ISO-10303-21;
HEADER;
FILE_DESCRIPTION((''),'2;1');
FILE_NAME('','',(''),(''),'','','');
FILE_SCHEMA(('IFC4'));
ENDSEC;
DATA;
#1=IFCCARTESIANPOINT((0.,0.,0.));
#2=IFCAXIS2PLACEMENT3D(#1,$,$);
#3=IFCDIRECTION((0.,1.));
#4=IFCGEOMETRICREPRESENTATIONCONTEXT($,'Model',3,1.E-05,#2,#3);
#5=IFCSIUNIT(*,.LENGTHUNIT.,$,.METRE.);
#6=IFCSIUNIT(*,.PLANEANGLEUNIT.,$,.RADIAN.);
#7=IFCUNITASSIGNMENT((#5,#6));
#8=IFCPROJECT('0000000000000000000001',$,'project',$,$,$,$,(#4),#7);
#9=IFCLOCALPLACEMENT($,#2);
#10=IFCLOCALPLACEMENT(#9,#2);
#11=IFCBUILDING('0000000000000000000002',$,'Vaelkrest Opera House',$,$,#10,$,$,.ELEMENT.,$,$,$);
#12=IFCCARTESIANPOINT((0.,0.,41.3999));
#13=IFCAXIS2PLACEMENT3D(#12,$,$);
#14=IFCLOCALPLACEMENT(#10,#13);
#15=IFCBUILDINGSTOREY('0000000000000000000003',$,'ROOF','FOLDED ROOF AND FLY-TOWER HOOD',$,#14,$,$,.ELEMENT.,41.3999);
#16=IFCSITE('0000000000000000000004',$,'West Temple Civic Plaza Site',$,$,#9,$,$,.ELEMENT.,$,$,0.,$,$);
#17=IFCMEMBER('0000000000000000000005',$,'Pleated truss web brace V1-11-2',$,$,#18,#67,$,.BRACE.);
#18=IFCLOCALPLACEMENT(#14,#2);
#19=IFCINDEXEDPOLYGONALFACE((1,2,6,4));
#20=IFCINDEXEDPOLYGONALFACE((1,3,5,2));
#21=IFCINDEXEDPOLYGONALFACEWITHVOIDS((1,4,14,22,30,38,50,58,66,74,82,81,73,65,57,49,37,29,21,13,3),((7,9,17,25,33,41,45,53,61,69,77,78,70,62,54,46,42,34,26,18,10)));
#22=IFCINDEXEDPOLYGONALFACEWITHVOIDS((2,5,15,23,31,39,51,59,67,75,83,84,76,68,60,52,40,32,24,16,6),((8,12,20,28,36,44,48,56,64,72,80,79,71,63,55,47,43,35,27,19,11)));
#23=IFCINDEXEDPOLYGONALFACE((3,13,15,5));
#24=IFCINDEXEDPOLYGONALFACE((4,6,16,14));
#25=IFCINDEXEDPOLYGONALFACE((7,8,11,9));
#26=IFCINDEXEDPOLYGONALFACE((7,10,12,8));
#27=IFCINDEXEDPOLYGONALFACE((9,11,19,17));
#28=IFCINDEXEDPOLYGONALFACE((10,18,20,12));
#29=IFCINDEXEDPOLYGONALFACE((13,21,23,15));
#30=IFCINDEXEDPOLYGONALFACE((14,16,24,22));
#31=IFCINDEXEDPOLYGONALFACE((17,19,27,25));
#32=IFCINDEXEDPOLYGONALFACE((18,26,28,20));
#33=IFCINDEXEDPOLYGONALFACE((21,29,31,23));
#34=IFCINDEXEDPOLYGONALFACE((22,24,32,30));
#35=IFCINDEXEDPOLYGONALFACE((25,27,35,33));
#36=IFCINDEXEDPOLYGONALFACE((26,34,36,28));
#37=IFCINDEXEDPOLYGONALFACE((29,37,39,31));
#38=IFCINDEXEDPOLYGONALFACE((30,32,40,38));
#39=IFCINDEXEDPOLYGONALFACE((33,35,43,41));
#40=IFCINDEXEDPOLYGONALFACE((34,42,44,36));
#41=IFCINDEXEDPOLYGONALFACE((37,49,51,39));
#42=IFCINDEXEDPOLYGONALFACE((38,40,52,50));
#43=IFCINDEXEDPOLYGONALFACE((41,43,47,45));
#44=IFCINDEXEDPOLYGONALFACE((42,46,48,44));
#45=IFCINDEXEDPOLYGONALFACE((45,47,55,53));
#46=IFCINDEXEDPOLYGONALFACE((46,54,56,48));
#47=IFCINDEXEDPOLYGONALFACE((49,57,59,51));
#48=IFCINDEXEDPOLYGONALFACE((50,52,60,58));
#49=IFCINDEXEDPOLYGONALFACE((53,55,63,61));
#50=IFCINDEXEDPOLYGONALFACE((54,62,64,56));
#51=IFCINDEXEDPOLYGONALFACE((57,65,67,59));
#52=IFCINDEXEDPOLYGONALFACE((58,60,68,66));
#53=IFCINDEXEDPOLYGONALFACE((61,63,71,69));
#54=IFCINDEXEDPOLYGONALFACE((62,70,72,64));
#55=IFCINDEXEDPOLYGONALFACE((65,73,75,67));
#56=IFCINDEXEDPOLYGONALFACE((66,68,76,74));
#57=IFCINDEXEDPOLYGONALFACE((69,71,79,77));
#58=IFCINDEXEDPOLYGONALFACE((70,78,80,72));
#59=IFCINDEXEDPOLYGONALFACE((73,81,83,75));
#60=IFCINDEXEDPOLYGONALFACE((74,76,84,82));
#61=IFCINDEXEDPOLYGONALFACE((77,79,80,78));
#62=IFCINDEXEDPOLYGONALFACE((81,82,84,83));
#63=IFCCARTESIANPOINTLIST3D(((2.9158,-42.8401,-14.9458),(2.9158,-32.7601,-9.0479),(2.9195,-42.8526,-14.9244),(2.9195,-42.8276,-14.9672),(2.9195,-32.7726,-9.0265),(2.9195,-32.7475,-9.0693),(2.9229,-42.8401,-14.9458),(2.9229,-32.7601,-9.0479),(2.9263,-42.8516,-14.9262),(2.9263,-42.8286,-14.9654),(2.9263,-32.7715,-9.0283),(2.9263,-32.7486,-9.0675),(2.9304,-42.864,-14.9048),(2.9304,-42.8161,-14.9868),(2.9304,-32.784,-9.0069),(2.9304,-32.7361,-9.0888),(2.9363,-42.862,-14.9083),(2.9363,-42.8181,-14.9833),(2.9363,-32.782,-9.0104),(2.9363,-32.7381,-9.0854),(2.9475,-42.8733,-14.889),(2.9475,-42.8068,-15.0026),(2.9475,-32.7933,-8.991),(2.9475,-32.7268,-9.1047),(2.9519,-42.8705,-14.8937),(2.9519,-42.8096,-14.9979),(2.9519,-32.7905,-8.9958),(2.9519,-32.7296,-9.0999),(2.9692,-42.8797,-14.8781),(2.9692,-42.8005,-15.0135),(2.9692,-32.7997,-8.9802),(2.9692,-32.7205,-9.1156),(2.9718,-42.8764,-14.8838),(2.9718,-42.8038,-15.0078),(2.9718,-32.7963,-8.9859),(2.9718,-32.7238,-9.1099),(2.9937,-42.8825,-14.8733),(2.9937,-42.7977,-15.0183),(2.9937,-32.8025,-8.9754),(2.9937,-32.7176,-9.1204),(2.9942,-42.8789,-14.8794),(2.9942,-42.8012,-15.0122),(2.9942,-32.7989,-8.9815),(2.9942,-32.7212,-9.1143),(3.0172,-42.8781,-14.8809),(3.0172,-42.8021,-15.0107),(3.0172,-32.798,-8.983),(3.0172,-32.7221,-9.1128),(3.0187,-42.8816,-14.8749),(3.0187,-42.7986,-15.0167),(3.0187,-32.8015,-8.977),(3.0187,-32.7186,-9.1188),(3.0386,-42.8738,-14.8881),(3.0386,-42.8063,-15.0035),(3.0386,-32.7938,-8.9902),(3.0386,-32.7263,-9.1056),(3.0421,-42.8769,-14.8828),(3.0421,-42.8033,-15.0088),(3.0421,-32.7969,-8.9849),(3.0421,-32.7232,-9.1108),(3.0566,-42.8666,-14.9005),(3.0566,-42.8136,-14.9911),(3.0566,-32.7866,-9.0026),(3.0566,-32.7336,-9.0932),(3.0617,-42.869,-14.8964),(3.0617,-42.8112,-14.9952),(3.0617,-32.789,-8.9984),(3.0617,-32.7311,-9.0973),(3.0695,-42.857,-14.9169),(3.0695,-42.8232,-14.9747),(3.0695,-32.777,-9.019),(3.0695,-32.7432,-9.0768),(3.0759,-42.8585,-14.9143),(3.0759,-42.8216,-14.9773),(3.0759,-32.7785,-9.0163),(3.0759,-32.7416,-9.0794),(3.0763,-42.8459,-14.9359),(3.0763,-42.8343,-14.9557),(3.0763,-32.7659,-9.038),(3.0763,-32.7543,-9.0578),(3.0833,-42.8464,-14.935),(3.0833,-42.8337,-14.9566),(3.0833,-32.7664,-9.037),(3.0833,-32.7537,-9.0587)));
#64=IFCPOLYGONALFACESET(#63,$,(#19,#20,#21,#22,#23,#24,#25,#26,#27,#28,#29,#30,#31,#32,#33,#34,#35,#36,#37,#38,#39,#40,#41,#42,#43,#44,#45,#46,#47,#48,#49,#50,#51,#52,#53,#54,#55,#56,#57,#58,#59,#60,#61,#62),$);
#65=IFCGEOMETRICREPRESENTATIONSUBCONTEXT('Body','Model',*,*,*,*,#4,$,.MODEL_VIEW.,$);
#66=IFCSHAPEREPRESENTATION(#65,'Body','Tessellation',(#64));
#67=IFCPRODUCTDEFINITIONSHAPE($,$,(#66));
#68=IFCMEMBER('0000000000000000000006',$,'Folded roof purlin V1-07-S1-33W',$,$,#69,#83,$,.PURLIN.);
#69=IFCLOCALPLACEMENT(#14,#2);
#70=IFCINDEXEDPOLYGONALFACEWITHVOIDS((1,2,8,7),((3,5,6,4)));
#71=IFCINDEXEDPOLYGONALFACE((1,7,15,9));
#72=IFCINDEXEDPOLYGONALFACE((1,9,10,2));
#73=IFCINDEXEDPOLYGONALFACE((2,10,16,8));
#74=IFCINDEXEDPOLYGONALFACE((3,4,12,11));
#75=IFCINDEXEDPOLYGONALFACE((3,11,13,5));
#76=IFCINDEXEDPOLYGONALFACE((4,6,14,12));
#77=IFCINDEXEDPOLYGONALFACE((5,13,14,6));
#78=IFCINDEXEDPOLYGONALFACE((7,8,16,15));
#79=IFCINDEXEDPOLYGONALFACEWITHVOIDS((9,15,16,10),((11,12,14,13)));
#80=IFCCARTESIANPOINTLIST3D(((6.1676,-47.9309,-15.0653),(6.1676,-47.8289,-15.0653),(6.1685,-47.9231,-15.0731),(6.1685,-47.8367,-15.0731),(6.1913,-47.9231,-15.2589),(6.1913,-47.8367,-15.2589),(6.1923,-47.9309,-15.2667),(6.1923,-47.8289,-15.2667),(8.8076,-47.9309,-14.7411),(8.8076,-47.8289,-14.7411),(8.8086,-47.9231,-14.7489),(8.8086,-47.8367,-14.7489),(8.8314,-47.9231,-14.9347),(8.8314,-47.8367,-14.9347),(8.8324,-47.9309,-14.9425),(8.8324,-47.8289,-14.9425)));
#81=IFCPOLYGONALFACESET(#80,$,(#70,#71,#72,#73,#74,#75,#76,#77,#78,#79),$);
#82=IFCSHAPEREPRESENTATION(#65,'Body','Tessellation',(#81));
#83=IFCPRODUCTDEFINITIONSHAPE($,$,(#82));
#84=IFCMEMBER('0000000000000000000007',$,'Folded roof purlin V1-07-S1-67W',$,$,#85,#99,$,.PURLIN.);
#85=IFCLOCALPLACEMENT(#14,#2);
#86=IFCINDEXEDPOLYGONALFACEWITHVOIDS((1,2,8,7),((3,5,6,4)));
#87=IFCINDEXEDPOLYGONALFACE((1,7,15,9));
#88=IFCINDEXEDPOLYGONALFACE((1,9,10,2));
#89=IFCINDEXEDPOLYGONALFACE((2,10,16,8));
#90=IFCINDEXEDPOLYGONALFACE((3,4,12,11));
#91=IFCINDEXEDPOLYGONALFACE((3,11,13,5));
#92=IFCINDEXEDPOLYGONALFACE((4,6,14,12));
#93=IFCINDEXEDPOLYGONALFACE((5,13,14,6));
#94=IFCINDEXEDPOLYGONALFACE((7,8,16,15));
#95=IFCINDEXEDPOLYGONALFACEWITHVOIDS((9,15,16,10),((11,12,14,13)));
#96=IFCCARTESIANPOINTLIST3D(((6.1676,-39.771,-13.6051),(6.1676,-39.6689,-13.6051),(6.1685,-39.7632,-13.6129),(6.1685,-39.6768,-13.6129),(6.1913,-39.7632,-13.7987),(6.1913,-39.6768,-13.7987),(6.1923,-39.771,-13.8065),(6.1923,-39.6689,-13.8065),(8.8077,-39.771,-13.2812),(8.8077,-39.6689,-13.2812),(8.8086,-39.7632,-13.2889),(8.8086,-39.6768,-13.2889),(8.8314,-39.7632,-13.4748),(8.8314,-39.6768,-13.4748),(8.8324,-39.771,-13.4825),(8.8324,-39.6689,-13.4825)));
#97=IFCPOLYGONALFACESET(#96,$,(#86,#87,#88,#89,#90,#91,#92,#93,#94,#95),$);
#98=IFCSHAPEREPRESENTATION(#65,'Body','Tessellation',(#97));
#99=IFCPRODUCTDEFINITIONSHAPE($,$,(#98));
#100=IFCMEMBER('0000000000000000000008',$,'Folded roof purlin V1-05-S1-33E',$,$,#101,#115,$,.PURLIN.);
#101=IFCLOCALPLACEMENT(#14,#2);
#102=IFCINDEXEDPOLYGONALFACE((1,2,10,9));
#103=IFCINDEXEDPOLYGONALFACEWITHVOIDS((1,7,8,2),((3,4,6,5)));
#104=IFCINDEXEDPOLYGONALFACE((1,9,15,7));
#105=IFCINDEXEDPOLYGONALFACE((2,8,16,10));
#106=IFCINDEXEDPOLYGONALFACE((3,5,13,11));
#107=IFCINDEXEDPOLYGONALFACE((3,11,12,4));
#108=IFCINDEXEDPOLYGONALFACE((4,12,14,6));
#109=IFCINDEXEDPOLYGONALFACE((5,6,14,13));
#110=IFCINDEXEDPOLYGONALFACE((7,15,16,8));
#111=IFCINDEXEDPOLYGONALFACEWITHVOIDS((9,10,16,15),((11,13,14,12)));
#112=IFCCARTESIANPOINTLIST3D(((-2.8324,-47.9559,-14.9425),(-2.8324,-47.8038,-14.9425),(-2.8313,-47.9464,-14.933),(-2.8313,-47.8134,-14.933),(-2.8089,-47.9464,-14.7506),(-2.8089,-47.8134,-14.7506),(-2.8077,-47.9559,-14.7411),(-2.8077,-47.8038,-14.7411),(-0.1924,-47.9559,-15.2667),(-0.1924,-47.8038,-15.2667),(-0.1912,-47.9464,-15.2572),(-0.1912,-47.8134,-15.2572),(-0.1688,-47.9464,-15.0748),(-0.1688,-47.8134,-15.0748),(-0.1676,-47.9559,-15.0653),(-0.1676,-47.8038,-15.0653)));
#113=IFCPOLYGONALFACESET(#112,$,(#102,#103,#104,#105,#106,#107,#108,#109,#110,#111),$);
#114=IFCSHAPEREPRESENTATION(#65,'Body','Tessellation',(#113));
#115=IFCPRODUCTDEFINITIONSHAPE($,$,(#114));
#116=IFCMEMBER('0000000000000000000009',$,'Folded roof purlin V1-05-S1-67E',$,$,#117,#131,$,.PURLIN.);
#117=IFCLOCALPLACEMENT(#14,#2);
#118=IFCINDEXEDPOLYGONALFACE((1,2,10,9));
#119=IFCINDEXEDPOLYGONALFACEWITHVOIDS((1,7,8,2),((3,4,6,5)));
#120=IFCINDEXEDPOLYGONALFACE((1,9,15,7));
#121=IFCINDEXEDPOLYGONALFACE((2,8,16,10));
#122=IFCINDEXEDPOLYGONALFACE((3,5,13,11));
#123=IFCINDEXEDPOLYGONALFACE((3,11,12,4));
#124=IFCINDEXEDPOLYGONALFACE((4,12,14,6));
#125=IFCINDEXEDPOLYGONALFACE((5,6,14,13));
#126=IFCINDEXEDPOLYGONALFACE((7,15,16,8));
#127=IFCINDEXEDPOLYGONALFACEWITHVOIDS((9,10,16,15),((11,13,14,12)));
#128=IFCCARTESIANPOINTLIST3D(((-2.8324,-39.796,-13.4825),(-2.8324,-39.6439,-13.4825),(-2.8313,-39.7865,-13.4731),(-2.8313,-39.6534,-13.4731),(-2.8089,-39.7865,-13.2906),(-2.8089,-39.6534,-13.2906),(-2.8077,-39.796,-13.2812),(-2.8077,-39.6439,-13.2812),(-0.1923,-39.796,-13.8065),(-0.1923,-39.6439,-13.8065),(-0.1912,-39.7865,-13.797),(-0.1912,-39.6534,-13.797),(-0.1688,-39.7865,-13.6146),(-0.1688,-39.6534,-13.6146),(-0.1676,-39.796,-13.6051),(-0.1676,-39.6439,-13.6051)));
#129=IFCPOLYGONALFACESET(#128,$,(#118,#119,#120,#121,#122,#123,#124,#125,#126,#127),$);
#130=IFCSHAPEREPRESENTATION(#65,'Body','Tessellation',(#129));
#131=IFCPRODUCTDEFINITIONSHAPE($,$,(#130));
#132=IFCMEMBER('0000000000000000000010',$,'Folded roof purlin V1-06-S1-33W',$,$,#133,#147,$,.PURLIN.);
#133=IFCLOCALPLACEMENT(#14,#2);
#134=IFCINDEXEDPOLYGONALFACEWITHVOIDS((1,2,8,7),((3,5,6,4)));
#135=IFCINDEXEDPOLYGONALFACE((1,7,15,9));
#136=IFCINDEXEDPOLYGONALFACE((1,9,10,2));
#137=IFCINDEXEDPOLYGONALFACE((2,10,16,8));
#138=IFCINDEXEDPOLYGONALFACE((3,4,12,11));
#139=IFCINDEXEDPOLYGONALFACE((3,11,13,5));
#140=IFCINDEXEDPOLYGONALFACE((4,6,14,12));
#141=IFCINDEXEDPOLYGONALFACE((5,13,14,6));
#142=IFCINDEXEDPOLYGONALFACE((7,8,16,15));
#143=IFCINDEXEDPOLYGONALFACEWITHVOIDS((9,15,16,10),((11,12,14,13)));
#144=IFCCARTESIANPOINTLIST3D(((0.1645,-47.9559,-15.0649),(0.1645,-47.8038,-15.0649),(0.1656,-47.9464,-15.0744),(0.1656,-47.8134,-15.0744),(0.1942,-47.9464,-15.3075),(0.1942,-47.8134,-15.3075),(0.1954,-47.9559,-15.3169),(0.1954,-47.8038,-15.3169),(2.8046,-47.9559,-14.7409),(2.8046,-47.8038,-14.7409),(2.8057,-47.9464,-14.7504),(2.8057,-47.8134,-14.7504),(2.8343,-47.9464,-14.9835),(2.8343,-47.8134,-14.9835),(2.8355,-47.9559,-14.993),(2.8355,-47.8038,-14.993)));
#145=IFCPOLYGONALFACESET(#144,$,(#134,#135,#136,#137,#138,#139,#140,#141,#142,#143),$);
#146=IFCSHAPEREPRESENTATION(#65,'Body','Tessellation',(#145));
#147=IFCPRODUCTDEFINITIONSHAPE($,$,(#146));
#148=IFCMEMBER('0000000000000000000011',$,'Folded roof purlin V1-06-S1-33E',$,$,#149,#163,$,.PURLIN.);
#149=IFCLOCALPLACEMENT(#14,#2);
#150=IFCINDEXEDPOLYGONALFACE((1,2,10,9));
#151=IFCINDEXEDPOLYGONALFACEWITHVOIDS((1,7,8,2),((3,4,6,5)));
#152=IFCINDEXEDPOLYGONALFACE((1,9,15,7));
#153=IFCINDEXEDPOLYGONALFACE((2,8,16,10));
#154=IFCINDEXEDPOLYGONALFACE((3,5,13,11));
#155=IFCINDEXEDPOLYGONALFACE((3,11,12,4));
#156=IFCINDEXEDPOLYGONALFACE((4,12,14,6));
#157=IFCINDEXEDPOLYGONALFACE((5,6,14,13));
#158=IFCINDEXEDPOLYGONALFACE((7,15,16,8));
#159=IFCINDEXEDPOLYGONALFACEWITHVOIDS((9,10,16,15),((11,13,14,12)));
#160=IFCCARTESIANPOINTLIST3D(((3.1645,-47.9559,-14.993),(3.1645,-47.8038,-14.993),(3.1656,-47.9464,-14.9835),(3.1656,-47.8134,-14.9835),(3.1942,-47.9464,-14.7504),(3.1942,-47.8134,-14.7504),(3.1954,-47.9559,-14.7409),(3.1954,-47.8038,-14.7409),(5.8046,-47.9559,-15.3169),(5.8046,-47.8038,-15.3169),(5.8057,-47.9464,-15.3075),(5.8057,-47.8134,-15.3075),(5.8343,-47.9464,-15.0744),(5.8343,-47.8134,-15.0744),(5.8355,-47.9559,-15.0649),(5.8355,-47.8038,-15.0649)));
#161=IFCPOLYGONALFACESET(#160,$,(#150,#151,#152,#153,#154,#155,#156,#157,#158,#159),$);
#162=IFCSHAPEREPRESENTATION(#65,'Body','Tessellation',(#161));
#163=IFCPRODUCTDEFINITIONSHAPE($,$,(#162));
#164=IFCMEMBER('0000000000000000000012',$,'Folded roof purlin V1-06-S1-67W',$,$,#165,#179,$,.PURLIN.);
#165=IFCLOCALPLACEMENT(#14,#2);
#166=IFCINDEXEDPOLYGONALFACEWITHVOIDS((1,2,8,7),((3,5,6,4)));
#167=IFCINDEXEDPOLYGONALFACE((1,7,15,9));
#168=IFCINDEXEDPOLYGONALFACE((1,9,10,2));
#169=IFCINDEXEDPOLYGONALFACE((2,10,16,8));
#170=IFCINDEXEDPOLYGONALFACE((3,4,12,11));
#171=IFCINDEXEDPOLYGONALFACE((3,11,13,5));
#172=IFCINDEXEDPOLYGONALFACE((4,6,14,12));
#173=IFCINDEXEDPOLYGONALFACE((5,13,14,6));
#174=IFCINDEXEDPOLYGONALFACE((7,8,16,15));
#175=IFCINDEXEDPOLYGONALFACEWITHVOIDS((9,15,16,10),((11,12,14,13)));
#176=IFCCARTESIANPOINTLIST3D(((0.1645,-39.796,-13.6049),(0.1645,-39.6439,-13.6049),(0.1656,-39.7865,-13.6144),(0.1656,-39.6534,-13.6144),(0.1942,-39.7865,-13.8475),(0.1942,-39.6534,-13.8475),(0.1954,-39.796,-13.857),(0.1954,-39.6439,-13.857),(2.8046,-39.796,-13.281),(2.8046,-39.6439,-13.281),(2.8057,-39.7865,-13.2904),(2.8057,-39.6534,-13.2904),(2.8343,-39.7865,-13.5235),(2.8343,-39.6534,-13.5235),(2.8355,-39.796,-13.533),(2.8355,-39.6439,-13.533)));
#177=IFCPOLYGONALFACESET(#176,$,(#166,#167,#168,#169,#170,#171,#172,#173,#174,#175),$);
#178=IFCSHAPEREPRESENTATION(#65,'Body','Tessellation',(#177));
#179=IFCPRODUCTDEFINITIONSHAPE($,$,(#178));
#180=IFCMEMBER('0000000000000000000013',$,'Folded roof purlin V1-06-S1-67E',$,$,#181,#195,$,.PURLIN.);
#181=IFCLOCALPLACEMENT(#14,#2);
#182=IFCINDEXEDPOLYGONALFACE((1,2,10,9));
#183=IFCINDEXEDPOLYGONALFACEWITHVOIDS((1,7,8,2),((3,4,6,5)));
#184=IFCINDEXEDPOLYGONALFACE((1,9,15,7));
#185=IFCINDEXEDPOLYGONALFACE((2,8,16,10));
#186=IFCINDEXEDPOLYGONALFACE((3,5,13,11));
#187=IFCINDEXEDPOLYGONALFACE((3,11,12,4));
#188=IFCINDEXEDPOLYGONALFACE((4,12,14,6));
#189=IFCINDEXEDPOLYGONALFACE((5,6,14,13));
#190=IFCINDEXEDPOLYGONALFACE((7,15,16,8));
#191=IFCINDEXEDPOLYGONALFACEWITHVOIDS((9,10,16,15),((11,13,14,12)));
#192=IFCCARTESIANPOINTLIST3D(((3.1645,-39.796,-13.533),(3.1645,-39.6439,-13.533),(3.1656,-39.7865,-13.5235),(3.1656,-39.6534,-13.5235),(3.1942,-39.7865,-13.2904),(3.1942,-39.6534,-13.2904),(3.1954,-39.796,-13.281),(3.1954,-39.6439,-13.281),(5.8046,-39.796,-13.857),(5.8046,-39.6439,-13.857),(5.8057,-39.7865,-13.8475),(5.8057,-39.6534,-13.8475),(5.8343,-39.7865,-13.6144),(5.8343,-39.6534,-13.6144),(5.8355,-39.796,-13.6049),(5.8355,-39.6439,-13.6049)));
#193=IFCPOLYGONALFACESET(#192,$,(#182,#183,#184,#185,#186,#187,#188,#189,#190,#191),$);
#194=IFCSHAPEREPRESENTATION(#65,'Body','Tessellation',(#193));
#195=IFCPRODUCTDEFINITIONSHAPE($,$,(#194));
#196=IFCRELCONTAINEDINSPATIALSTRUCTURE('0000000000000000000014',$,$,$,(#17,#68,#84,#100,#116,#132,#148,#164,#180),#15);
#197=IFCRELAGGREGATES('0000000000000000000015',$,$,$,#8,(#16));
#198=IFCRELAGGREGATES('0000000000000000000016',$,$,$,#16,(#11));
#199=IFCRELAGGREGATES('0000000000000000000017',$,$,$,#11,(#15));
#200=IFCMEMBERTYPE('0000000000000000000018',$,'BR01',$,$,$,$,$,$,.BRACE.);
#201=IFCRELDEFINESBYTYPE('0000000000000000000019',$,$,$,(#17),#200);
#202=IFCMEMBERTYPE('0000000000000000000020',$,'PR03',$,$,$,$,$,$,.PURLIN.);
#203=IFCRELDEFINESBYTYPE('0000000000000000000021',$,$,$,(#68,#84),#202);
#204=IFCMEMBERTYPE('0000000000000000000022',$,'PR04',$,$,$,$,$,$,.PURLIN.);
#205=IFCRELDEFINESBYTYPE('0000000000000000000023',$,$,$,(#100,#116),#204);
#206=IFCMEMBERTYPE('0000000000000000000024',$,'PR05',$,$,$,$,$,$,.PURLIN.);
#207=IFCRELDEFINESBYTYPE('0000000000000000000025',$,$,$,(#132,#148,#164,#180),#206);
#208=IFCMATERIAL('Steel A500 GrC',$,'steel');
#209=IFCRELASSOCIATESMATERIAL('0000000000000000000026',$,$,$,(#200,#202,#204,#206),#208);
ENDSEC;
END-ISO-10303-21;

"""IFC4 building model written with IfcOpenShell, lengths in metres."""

from ifc_helpers import new_model, si_unit, direction, frame, origin, origin_2d, place, context, subcontext, project, spatial, hollow_rectangle, hollow_circle, extrude, material, material_profile, profile_set, type_object, element, save


model = new_model("IFC4")

# Units and contexts
model_context = context("Model", 3, precision=1e-05, world=origin(), true_north=direction((0.0, 1.0)))
body_context = subcontext(model_context, "Body", "Model", "MODEL_VIEW")
ifc_project = project(units=[si_unit("LENGTHUNIT", "METRE"), si_unit("PLANEANGLEUNIT", "RADIAN")], contexts=[model_context])

# Site, building, storey
site_placement = place(None, origin())
site = spatial("IfcSite", under=ifc_project, at=site_placement, Name="West Temple Civic Plaza Site", CompositionType="ELEMENT", RefElevation=0.0)
building_placement = place(site_placement, origin())
building = spatial("IfcBuilding", under=site, at=building_placement, Name="Vaelkrest Opera House", CompositionType="ELEMENT")
storey_placement = place(building_placement, frame((0.0, 0.0, 41.3999)))
storey = spatial("IfcBuildingStorey", under=building, at=storey_placement, Name="ROOF", Description="FOLDED ROOF AND FLY-TOWER HOOD", CompositionType="ELEMENT", Elevation=41.3999)

# Members
ifc_material_1 = material(Name="Steel A500 GrC", Category="steel")
ifc_material_profile_1 = material_profile(ifc_material_1, hollow_circle(Radius=0.0842, WallThickness=0.0071, at=origin_2d()), Name="HSS168.3X7.1")
ifc_profile_set_1 = profile_set([ifc_material_profile_1], Name="Steel A500 GrC")
member_type_1 = type_object("IfcMemberType", Name="BR01", PredefinedType="BRACE", material=ifc_profile_set_1)
member_placement = place(storey_placement, frame((3.0, -42.8401, -14.9458), z_axis=(0.0, 0.863111, 0.505014), x_axis=(-1.0, 0.0, 0.0)))
element("IfcMember", 1, at=member_placement, inside=storey, type_object=member_type_1, Name="Pleated truss web brace V1-11-2", PredefinedType="BRACE", context=body_context, shape_type="SweptSolid", body=[
    extrude(hollow_circle(Radius=0.0842, WallThickness=0.0071, at=origin_2d()), origin(), (0.0, 0.0, 1.0), 11.6787),
])
ifc_material_profile_2 = material_profile(ifc_material_1, hollow_rectangle(XDim=0.1021, YDim=0.2029, WallThickness=0.0078, at=origin_2d()), Name="HSS203X102X8")
ifc_profile_set_2 = profile_set([ifc_material_profile_2], Name="Steel A500 GrC")
member_type_2 = type_object("IfcMemberType", Name="PR03", PredefinedType="PURLIN", material=ifc_profile_set_2)
for number, where, z_axis, x_axis, name in (
    (2, (6.1799, -47.8799, -15.166), (0.992544, 0.0, 0.121888), (0.0, 1.0, 0.0), "Folded roof purlin V1-07-S1-33W"),
    (3, (6.1799, -39.72, -13.7058), (0.992555, 0.0, 0.121798), (0.0, 1.0, 0.0), "Folded roof purlin V1-07-S1-67W"),
):
    element("IfcMember", number, at=place(storey_placement, frame(where, z_axis=z_axis, x_axis=x_axis)), inside=storey, type_object=member_type_2, Name=name, PredefinedType="PURLIN", context=body_context, shape_type="SweptSolid", body=[
        extrude(hollow_rectangle(XDim=0.1021, YDim=0.2029, WallThickness=0.0078, at=origin_2d()), origin(), (0.0, 0.0, 1.0), 2.6599),
    ])
ifc_material_profile_3 = material_profile(ifc_material_1, hollow_rectangle(XDim=0.1521, YDim=0.2029, WallThickness=0.0095, at=origin_2d()), Name="HSS203X152X9.5")
ifc_profile_set_3 = profile_set([ifc_material_profile_3], Name="Steel A500 GrC")
member_type_3 = type_object("IfcMemberType", Name="PR04", PredefinedType="PURLIN", material=ifc_profile_set_3)
for number, where, z_axis, x_axis, name in (
    (4, (-2.8201, -47.8799, -14.8418), (0.992544, 0.0, -0.121888), (0.0, 1.0, 0.0), "Folded roof purlin V1-05-S1-33E"),
    (5, (-2.8201, -39.72, -13.3818), (0.992555, 0.0, -0.121798), (0.0, 1.0, 0.0), "Folded roof purlin V1-05-S1-67E"),
):
    element("IfcMember", number, at=place(storey_placement, frame(where, z_axis=z_axis, x_axis=x_axis)), inside=storey, type_object=member_type_3, Name=name, PredefinedType="PURLIN", context=body_context, shape_type="SweptSolid", body=[
        extrude(hollow_rectangle(XDim=0.1521, YDim=0.2029, WallThickness=0.0095, at=origin_2d()), origin(), (0.0, 0.0, 1.0), 2.6599),
    ])
ifc_material_profile_4 = material_profile(ifc_material_1, hollow_rectangle(XDim=0.1521, YDim=0.2539, WallThickness=0.0095, at=origin_2d()), Name="HSS254X152X9.5")
ifc_profile_set_4 = profile_set([ifc_material_profile_4], Name="Steel A500 GrC")
member_type_4 = type_object("IfcMemberType", Name="PR05", PredefinedType="PURLIN", material=ifc_profile_set_4)
for number, where, z_axis, x_axis, name in (
    (6, (0.1799, -47.8799, -15.1909), (0.992555, 0.0, 0.121798), (0.0, 1.0, 0.0), "Folded roof purlin V1-06-S1-33W"),
    (7, (3.1799, -47.8799, -14.8669), (0.992555, 0.0, -0.121798), (0.0, 1.0, 0.0), "Folded roof purlin V1-06-S1-33E"),
    (8, (0.1799, -39.72, -13.731), (0.992555, 0.0, 0.121798), (0.0, 1.0, 0.0), "Folded roof purlin V1-06-S1-67W"),
    (9, (3.1799, -39.72, -13.407), (0.992555, 0.0, -0.121798), (0.0, 1.0, 0.0), "Folded roof purlin V1-06-S1-67E"),
):
    element("IfcMember", number, at=place(storey_placement, frame(where, z_axis=z_axis, x_axis=x_axis)), inside=storey, type_object=member_type_4, Name=name, PredefinedType="PURLIN", context=body_context, shape_type="SweptSolid", body=[
        extrude(hollow_rectangle(XDim=0.1521, YDim=0.2539, WallThickness=0.0095, at=origin_2d()), origin(), (0.0, 0.0, 1.0), 2.6599),
    ])

save(model, "model.ifc")
